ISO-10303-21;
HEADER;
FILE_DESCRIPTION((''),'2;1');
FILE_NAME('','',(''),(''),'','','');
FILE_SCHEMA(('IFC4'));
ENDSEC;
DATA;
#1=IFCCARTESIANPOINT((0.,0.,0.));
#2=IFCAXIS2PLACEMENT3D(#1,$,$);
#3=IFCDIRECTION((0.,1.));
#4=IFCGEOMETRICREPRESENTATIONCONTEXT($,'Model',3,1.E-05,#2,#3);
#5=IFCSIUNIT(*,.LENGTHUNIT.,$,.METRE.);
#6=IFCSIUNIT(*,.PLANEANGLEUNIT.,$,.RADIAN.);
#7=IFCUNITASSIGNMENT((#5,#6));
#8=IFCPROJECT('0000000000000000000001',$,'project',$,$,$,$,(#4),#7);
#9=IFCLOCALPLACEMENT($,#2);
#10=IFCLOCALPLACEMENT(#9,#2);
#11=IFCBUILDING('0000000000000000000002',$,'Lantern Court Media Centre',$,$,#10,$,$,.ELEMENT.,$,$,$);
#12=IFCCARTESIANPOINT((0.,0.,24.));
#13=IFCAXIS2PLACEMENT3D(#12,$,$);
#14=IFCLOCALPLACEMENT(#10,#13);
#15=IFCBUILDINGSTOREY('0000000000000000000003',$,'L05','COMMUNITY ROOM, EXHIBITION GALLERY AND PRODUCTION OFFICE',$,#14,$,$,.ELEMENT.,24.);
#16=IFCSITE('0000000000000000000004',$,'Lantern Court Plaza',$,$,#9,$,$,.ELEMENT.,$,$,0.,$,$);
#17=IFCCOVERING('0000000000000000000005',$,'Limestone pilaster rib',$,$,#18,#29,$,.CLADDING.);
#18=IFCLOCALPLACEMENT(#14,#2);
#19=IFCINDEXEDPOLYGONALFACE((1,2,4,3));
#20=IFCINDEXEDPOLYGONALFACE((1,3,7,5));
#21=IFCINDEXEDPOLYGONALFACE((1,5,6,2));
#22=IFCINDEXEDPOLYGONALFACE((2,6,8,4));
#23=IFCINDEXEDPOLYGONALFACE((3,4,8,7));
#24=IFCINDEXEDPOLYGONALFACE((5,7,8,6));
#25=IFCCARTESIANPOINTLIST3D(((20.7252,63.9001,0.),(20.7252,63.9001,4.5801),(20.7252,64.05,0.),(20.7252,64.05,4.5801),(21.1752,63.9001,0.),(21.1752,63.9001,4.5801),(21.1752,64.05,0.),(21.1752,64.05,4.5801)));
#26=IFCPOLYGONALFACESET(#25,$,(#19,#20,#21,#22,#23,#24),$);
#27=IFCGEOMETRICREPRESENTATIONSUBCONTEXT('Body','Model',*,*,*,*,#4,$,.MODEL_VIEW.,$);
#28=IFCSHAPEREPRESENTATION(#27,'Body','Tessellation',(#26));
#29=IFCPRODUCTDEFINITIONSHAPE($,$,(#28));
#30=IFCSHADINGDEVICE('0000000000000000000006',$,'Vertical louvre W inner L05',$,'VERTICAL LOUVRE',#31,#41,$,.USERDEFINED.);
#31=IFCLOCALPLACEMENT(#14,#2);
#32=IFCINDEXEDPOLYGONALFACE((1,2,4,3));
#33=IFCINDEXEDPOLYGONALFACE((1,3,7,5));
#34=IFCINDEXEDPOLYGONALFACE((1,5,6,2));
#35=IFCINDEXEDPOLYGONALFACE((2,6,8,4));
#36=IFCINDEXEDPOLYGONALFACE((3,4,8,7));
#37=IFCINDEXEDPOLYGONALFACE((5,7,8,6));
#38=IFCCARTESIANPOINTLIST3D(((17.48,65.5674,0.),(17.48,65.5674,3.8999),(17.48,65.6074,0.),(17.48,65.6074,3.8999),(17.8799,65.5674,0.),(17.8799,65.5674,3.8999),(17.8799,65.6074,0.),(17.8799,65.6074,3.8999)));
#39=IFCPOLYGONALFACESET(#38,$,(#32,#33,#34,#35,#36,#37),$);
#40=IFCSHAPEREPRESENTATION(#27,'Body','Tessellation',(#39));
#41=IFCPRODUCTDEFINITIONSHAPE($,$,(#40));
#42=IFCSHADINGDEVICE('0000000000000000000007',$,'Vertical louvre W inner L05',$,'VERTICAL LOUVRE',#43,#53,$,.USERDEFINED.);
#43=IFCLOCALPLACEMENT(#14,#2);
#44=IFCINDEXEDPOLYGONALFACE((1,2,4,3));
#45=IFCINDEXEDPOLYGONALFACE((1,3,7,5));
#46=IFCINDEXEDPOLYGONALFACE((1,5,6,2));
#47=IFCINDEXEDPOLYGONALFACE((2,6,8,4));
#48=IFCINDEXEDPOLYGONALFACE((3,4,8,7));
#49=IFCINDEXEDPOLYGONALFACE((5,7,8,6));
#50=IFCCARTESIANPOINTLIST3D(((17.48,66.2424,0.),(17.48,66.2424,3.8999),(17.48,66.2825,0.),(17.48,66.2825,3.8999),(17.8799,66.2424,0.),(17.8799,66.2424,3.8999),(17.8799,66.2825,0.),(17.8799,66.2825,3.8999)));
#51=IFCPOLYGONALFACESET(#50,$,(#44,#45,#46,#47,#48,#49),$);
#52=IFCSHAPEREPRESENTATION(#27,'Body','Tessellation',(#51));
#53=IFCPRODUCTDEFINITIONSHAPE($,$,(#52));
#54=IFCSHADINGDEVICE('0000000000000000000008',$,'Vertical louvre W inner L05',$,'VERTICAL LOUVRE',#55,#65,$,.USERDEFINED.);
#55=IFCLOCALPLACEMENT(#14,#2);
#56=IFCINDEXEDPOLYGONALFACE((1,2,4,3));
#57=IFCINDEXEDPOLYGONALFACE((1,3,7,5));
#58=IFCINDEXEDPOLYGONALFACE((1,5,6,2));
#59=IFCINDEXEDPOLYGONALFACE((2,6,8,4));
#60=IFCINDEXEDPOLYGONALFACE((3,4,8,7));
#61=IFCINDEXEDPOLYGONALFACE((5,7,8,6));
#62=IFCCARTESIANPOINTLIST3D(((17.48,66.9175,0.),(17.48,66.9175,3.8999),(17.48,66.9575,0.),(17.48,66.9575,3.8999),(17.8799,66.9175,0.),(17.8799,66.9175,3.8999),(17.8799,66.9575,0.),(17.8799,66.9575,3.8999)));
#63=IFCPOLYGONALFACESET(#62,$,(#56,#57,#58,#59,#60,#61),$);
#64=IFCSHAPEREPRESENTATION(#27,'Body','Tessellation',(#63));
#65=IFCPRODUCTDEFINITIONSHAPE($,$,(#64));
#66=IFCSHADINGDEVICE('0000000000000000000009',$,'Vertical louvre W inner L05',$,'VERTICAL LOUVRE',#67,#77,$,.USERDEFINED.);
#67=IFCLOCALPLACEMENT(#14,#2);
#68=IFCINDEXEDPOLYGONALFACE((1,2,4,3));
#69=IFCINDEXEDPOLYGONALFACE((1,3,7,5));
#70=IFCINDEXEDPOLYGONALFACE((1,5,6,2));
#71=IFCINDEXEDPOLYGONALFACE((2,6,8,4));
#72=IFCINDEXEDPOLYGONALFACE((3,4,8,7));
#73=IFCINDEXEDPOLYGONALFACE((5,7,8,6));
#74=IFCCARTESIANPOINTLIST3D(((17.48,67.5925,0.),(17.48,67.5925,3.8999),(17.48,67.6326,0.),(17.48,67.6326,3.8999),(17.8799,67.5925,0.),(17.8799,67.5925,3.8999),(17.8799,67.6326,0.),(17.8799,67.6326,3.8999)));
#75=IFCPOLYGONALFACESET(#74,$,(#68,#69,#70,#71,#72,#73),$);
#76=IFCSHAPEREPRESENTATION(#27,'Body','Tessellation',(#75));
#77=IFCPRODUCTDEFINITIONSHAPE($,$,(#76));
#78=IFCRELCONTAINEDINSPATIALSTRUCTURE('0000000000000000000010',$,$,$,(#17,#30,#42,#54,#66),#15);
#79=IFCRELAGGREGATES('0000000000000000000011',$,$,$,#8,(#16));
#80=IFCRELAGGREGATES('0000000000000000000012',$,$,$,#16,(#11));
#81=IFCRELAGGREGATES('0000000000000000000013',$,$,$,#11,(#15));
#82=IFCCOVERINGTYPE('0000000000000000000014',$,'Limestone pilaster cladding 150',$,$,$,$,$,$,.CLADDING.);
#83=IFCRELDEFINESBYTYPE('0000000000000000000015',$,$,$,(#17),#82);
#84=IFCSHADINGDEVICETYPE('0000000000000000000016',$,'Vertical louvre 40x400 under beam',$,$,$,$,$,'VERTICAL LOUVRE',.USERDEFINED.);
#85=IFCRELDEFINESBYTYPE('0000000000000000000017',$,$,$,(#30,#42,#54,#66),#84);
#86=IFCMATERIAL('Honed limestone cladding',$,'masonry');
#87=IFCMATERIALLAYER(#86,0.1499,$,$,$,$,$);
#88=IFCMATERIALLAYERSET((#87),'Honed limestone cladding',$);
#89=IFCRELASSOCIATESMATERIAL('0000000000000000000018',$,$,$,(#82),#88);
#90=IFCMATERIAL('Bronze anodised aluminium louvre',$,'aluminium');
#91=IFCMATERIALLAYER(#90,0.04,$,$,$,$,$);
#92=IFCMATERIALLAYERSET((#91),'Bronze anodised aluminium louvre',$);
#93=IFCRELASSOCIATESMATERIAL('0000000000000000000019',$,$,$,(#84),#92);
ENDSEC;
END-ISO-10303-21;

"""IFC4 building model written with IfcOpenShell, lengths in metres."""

from ifc_helpers import new_model, si_unit, direction, frame, frame_2d, origin, origin_2d, place, context, subcontext, project, spatial, rectangle, extrude, material, layer, layer_set, type_object, element, save


model = new_model("IFC4")

# Units and contexts
model_context = context("Model", 3, precision=1e-05, world=origin(), true_north=direction((0.0, 1.0)))
body_context = subcontext(model_context, "Body", "Model", "MODEL_VIEW")
ifc_project = project(units=[si_unit("LENGTHUNIT", "METRE"), si_unit("PLANEANGLEUNIT", "RADIAN")], contexts=[model_context])

# Site, building, storey
site_placement = place(None, origin())
site = spatial("IfcSite", under=ifc_project, at=site_placement, Name="Lantern Court Plaza", CompositionType="ELEMENT", RefElevation=0.0)
building_placement = place(site_placement, origin())
building = spatial("IfcBuilding", under=site, at=building_placement, Name="Lantern Court Media Centre", CompositionType="ELEMENT")
storey_placement = place(building_placement, frame((0.0, 0.0, 24.0)))
storey = spatial("IfcBuildingStorey", under=building, at=storey_placement, Name="L05", Description="COMMUNITY ROOM, EXHIBITION GALLERY AND PRODUCTION OFFICE", CompositionType="ELEMENT", Elevation=24.0)

# Covering
ifc_material_1 = material(Name="Honed limestone cladding", Category="masonry")
ifc_layer_1 = layer(ifc_material_1, 0.1499)
ifc_layer_set_1 = layer_set([ifc_layer_1], Name="Honed limestone cladding")
covering_type_1 = type_object("IfcCoveringType", Name="Limestone pilaster cladding 150", PredefinedType="CLADDING", material=ifc_layer_set_1)
covering_1_placement = place(storey_placement, frame((20.7251, 63.9751, 0.0), z_axis=(0.0, 0.0, 1.0), x_axis=(1.0, 0.0, 0.0)))
element("IfcCovering", 1, at=covering_1_placement, inside=storey, type_object=covering_type_1, Name="Limestone pilaster rib", PredefinedType="CLADDING", context=body_context, shape_type="SweptSolid", body=[
    extrude(rectangle(XDim=0.45, YDim=0.1499, at=frame_2d((0.2251, 0.0))), origin(), (0.0, 0.0, 1.0), 4.5801),
])

# Shading devices
ifc_material_2 = material(Name="Bronze anodised aluminium louvre", Category="aluminium")
ifc_layer_2 = layer(ifc_material_2, 0.04)
ifc_layer_set_2 = layer_set([ifc_layer_2], Name="Bronze anodised aluminium louvre")
shading_device_type = type_object("IfcShadingDeviceType", Name="Vertical louvre 40x400 under beam", ElementType="VERTICAL LOUVRE", PredefinedType="USERDEFINED", material=ifc_layer_set_2)
for number, where, z_axis, x_axis, name in (
    (2, (17.6799, 65.5874, 0.0), (0.0, 0.0, 1.0), (1.0, 0.0, 0.0), "Vertical louvre W inner L05"),
    (3, (17.6799, 66.2625, 0.0), (0.0, 0.0, 1.0), (1.0, 0.0, 0.0), "Vertical louvre W inner L05"),
    (4, (17.6799, 66.9375, 0.0), (0.0, 0.0, 1.0), (1.0, 0.0, 0.0), "Vertical louvre W inner L05"),
    (5, (17.6799, 67.6125, 0.0), (0.0, 0.0, 1.0), (1.0, 0.0, 0.0), "Vertical louvre W inner L05"),
):
    element("IfcShadingDevice", number, at=place(storey_placement, frame(where, z_axis=z_axis, x_axis=x_axis)), inside=storey, type_object=shading_device_type, Name=name, ObjectType="VERTICAL LOUVRE", PredefinedType="USERDEFINED", context=body_context, shape_type="SweptSolid", body=[
        extrude(rectangle(XDim=0.3999, YDim=0.04, at=origin_2d()), origin(), (0.0, 0.0, 1.0), 3.8999),
    ])

save(model, "model.ifc")
